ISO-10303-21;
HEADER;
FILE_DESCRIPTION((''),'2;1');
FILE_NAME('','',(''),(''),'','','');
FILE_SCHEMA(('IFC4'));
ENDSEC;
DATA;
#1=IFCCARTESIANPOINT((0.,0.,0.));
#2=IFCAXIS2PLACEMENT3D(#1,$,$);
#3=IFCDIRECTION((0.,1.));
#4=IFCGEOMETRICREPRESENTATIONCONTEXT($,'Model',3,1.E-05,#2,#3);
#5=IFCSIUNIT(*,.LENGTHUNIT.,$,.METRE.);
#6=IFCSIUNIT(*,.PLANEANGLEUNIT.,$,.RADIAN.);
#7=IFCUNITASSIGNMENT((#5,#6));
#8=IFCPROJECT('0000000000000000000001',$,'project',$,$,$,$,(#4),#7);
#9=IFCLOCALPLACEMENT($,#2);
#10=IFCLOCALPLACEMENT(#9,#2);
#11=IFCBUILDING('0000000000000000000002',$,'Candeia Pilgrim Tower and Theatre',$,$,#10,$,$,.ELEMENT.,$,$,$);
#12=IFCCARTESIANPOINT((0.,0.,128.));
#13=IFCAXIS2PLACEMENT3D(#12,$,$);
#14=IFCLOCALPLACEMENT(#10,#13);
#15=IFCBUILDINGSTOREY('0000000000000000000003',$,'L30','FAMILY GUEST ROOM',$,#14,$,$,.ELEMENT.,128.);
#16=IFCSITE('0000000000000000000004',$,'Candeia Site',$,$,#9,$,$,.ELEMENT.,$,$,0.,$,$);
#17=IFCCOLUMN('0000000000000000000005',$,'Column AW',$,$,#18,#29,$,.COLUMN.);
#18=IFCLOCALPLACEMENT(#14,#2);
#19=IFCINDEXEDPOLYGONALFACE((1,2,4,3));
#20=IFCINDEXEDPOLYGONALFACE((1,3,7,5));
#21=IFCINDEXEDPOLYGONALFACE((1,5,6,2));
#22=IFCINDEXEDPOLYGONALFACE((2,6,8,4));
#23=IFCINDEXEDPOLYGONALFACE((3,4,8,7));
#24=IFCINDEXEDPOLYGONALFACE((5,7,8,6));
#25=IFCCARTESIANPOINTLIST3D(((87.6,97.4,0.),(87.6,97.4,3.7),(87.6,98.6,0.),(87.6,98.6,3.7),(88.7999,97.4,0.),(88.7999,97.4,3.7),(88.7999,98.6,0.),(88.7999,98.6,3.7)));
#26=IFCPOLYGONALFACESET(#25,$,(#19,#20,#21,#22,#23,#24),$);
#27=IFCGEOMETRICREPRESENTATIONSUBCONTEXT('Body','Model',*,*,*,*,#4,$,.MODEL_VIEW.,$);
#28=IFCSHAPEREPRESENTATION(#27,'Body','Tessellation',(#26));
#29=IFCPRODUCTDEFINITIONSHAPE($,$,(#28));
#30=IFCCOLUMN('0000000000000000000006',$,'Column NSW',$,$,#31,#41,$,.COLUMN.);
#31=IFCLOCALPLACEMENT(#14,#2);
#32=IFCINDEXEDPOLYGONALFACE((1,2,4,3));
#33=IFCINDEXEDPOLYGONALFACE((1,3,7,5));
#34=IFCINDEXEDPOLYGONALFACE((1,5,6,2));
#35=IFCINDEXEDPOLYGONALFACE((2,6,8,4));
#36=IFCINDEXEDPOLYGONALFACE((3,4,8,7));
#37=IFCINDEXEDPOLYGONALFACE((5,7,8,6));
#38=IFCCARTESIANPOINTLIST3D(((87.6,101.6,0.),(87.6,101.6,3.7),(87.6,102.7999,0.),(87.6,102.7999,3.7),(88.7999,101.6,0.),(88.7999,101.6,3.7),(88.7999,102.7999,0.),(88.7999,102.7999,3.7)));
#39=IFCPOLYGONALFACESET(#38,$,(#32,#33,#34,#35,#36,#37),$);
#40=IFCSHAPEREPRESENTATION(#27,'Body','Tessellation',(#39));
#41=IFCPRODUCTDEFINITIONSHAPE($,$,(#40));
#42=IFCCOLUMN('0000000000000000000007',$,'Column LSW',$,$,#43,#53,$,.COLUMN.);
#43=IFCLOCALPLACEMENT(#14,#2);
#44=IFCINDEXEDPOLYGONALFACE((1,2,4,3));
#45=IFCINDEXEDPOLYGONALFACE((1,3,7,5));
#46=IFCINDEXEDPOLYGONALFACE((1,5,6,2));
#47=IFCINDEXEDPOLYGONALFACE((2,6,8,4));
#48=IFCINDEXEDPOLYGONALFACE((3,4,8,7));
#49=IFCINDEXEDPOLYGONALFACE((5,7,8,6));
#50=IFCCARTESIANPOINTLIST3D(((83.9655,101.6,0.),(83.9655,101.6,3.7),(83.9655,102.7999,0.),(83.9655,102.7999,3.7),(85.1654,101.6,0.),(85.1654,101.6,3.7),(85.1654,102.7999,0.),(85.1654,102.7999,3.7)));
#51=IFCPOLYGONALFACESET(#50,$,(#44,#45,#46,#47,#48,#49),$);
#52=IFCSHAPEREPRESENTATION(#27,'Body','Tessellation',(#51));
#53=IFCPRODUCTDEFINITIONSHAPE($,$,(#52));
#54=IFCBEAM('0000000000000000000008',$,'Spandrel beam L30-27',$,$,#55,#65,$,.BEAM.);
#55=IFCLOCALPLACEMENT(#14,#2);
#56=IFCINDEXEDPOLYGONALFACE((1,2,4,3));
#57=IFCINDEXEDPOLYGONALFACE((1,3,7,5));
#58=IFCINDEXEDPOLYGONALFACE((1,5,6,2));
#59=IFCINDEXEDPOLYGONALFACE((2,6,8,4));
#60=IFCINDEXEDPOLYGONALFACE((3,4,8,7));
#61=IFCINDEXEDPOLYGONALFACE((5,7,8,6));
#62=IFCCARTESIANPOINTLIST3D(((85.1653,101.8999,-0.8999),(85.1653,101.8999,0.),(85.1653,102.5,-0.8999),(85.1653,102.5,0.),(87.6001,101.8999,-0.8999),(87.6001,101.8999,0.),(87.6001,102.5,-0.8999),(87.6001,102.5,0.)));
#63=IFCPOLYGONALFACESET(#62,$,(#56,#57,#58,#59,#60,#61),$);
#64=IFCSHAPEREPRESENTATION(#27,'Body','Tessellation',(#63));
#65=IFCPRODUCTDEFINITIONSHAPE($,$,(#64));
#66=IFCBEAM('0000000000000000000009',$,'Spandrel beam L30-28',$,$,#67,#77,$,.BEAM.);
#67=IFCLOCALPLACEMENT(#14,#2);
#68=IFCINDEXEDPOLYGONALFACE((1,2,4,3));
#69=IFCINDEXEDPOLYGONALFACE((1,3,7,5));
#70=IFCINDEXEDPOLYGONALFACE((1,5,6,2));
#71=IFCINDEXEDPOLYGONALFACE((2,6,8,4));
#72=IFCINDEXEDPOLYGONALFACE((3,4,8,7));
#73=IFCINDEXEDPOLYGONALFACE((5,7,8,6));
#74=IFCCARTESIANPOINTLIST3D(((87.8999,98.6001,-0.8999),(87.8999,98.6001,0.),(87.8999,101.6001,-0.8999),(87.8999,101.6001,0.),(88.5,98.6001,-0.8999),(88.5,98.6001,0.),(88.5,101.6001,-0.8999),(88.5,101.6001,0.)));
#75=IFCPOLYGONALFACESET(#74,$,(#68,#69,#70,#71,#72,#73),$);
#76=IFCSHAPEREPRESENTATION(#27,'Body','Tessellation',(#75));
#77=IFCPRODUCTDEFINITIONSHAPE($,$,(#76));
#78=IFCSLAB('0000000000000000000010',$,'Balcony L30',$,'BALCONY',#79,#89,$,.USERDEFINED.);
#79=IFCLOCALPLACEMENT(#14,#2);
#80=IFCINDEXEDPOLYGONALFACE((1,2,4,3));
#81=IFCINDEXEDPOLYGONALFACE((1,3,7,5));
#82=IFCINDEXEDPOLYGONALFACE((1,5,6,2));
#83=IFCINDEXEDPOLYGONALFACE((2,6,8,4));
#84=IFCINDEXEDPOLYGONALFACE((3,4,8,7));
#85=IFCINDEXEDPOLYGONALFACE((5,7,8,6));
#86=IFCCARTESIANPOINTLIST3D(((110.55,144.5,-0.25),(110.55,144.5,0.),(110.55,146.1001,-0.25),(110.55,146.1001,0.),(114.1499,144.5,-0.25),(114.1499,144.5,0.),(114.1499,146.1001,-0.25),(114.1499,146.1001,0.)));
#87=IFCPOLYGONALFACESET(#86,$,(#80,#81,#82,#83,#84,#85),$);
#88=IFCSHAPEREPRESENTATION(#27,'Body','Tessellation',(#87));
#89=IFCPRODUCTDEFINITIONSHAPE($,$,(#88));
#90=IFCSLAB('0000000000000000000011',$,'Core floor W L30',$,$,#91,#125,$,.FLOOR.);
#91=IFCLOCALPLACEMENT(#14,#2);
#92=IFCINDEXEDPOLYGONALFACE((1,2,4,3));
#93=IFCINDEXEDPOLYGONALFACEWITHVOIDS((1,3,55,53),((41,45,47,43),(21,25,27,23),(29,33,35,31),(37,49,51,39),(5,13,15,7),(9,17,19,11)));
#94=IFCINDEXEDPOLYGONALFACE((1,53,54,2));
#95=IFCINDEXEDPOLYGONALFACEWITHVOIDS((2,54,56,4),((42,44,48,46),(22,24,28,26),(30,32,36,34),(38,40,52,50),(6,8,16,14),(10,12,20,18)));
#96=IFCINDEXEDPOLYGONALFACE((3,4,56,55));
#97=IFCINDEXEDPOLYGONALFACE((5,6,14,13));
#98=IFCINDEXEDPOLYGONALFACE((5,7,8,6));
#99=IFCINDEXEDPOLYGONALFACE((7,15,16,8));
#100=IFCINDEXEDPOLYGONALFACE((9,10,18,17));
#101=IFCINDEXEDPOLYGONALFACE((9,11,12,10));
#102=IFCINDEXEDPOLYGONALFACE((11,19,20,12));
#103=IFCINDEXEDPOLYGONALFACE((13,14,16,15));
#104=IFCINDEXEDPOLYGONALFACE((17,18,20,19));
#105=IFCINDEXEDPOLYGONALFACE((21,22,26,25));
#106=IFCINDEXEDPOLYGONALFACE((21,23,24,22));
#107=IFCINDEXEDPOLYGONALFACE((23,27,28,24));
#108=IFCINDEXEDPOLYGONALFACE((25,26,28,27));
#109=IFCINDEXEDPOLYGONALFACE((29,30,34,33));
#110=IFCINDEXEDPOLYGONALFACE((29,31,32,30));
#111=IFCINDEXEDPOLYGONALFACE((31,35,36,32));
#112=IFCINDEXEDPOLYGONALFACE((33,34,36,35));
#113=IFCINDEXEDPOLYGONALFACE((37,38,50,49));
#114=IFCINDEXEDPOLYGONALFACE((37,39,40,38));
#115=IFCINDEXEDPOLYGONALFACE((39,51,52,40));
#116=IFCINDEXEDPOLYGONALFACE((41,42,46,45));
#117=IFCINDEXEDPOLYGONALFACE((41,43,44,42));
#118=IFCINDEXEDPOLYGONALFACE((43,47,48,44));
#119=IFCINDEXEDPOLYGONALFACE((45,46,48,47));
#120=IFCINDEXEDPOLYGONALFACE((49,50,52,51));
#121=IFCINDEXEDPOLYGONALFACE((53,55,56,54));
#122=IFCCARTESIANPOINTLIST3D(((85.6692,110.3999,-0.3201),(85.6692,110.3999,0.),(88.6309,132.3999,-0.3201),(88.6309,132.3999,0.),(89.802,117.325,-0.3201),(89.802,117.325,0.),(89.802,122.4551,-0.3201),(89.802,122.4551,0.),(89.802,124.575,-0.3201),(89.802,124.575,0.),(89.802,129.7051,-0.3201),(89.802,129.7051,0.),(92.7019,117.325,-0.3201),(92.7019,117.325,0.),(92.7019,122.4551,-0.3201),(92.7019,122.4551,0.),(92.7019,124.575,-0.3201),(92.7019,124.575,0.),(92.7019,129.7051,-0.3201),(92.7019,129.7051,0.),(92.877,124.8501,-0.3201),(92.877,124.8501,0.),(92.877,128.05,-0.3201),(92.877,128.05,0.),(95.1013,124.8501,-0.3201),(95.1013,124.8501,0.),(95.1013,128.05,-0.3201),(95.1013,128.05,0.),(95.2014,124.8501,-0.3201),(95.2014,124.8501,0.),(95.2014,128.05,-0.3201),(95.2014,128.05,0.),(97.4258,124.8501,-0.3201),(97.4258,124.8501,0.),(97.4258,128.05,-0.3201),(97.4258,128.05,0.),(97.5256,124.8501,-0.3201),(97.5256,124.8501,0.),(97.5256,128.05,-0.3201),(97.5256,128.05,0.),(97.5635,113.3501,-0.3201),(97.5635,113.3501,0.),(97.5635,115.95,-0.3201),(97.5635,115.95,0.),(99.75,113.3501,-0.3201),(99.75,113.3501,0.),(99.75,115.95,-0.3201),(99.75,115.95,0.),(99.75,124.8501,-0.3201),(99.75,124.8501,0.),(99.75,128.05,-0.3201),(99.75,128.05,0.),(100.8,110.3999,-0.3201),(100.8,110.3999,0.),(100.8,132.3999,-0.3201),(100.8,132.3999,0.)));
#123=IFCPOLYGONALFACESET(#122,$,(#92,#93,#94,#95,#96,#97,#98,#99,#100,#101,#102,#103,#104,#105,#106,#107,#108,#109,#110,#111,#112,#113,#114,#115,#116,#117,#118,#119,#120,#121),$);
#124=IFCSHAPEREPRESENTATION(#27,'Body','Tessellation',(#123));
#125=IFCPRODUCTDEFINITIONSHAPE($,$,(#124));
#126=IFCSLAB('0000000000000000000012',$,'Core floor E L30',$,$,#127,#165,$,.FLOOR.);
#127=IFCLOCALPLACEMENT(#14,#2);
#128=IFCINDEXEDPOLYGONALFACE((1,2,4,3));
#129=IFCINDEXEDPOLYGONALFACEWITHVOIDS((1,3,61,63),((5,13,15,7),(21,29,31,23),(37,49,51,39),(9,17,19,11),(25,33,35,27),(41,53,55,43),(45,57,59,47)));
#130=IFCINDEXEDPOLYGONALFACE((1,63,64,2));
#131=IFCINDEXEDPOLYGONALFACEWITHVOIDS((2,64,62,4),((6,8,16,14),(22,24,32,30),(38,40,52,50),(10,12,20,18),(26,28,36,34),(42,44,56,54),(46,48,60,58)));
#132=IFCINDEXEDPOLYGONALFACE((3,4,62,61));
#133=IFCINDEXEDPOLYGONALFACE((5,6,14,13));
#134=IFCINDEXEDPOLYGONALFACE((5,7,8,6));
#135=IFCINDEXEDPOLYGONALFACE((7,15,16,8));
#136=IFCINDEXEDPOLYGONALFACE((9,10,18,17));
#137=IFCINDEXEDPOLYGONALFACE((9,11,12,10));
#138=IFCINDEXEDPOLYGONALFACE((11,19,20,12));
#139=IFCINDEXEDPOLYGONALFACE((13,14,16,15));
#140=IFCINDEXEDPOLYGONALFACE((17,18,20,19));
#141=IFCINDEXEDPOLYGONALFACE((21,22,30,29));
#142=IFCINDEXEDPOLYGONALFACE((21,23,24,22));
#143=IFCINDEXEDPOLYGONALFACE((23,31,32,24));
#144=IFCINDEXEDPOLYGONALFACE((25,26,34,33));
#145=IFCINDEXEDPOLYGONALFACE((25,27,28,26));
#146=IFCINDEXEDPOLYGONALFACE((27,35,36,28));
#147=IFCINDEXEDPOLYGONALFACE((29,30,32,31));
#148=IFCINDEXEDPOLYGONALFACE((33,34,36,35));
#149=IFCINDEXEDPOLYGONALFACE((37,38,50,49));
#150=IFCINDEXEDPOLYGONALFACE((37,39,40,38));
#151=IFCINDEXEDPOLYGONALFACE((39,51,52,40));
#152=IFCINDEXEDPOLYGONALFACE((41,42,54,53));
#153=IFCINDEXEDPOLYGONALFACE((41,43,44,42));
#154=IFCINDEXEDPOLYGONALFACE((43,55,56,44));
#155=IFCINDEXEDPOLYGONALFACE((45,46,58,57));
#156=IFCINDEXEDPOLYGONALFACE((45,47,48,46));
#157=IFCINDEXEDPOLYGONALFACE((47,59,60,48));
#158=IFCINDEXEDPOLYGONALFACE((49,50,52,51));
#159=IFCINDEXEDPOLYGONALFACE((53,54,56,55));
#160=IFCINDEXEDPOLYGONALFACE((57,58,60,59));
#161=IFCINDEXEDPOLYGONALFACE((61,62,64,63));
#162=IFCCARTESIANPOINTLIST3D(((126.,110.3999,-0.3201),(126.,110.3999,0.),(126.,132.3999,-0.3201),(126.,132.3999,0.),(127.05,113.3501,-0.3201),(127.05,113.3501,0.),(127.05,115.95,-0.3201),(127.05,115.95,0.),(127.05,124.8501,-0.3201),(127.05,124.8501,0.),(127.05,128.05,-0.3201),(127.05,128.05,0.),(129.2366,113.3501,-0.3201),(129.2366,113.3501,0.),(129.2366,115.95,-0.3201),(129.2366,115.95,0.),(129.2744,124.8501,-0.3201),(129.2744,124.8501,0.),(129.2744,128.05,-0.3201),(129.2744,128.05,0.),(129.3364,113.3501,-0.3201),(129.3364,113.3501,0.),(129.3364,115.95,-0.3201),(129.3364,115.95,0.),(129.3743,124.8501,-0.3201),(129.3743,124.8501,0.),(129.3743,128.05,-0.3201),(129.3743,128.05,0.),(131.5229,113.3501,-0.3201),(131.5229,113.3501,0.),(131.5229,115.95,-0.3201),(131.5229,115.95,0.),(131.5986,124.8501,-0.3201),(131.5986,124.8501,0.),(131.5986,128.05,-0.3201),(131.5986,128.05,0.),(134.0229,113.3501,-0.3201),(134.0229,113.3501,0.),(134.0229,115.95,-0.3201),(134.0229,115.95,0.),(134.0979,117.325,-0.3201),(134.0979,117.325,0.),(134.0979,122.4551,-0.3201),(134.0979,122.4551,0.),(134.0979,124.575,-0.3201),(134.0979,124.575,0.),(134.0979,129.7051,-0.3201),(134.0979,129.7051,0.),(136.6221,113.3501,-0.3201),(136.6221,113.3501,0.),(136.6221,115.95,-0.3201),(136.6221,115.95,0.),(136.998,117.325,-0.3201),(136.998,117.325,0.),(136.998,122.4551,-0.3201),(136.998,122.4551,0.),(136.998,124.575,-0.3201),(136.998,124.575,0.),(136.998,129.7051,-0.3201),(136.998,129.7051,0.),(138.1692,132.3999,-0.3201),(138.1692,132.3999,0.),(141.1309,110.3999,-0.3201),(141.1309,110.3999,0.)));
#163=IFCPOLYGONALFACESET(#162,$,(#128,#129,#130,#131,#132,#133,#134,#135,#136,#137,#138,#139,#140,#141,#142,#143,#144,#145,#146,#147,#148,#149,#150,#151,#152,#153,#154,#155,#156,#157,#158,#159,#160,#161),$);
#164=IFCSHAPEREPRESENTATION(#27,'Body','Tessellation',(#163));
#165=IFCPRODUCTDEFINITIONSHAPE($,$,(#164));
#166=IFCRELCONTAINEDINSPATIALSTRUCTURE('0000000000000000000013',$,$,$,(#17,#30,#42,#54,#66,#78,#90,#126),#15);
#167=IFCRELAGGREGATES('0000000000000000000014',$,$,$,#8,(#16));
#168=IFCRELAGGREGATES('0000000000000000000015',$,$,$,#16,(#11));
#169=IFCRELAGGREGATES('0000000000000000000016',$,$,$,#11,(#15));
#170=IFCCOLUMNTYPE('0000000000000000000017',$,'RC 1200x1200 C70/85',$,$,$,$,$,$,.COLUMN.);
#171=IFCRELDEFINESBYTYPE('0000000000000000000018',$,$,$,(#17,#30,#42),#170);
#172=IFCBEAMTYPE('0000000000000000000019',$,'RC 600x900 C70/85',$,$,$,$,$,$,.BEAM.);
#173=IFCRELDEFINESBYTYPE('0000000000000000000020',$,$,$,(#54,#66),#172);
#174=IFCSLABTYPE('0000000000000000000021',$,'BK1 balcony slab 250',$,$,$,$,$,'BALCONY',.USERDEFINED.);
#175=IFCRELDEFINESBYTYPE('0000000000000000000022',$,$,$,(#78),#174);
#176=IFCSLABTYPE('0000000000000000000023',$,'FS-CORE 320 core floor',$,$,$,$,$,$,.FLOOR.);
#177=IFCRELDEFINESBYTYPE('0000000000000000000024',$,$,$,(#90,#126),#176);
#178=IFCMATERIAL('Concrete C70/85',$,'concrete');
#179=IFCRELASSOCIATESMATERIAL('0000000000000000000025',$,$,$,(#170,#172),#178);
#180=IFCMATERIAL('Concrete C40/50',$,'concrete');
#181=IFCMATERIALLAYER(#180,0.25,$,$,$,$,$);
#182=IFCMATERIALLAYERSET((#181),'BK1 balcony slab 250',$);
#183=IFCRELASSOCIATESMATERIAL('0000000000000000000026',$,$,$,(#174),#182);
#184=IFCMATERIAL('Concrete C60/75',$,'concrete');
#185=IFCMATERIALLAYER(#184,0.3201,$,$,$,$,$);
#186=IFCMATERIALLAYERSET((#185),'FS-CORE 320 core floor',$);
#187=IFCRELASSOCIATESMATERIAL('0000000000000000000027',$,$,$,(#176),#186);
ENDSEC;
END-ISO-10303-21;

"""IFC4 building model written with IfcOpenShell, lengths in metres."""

from ifc_helpers import new_model, si_unit, direction, frame, origin, origin_2d, place, context, subcontext, project, spatial, polyline, rectangle, outline, extrude, material, layer, layer_set, material_profile, profile_set, type_object, element, save


model = new_model("IFC4")

# Units and contexts
model_context = context("Model", 3, precision=1e-05, world=origin(), true_north=direction((0.0, 1.0)))
body_context = subcontext(model_context, "Body", "Model", "MODEL_VIEW")
ifc_project = project(units=[si_unit("LENGTHUNIT", "METRE"), si_unit("PLANEANGLEUNIT", "RADIAN")], contexts=[model_context])

# Site, building, storey
site_placement = place(None, origin())
site = spatial("IfcSite", under=ifc_project, at=site_placement, Name="Candeia Site", CompositionType="ELEMENT", RefElevation=0.0)
building_placement = place(site_placement, origin())
building = spatial("IfcBuilding", under=site, at=building_placement, Name="Candeia Pilgrim Tower and Theatre", CompositionType="ELEMENT")
storey_placement = place(building_placement, frame((0.0, 0.0, 128.0)))
storey = spatial("IfcBuildingStorey", under=building, at=storey_placement, Name="L30", Description="FAMILY GUEST ROOM", CompositionType="ELEMENT", Elevation=128.0)

# Columns
ifc_material_1 = material(Name="Concrete C70/85", Category="concrete")
ifc_material_profile_1 = material_profile(ifc_material_1, rectangle(XDim=1.2, YDim=1.2, at=origin_2d()))
ifc_profile_set_1 = profile_set([ifc_material_profile_1], Name="Concrete C70/85")
column_type = type_object("IfcColumnType", Name="RC 1200x1200 C70/85", PredefinedType="COLUMN", material=ifc_profile_set_1)
for number, where, z_axis, x_axis, name in (
    (1, (88.2, 98.0, 0.0), (0.0, 0.0, 1.0), (1.0, 0.0, 0.0), "Column AW"),
    (2, (88.2, 102.2, 0.0), (0.0, 0.0, 1.0), (1.0, 0.0, 0.0), "Column NSW"),
    (3, (84.5654, 102.2, 0.0), (0.0, 0.0, 1.0), (1.0, 0.0, 0.0), "Column LSW"),
):
    element("IfcColumn", number, at=place(storey_placement, frame(where, z_axis=z_axis, x_axis=x_axis)), inside=storey, type_object=column_type, Name=name, PredefinedType="COLUMN", context=body_context, shape_type="SweptSolid", body=[
        extrude(rectangle(XDim=1.2, YDim=1.2, at=origin_2d()), origin(), (0.0, 0.0, 1.0), 3.7),
    ])

# Beams
ifc_material_profile_2 = material_profile(ifc_material_1, rectangle(XDim=0.6001, YDim=0.8999, at=origin_2d()))
ifc_profile_set_2 = profile_set([ifc_material_profile_2], Name="Concrete C70/85")
beam_type = type_object("IfcBeamType", Name="RC 600x900 C70/85", PredefinedType="BEAM", material=ifc_profile_set_2)
beam_1_placement = place(storey_placement, frame((85.1653, 102.2, -0.45), z_axis=(1.0, 0.0, 0.0), x_axis=(0.0, 1.0, 0.0)))
element("IfcBeam", 4, at=beam_1_placement, inside=storey, type_object=beam_type, Name="Spandrel beam L30-27", PredefinedType="BEAM", context=body_context, shape_type="SweptSolid", body=[
    extrude(rectangle(XDim=0.6001, YDim=0.8999, at=origin_2d()), origin(), (0.0, 0.0, 1.0), 2.4348),
])
beam_2_placement = place(storey_placement, frame((88.2, 101.6001, -0.45), z_axis=(0.0, -1.0, 0.0), x_axis=(1.0, 0.0, 0.0)))
element("IfcBeam", 5, at=beam_2_placement, inside=storey, type_object=beam_type, Name="Spandrel beam L30-28", PredefinedType="BEAM", context=body_context, shape_type="SweptSolid", body=[
    extrude(rectangle(XDim=0.6001, YDim=0.8999, at=origin_2d()), origin(), (0.0, 0.0, 1.0), 3.0),
])

# Slabs
ifc_material_2 = material(Name="Concrete C40/50", Category="concrete")
ifc_layer_1 = layer(ifc_material_2, 0.25)
ifc_layer_set_1 = layer_set([ifc_layer_1], Name="BK1 balcony slab 250")
slab_type_1 = type_object("IfcSlabType", Name="BK1 balcony slab 250", ElementType="BALCONY", PredefinedType="USERDEFINED", material=ifc_layer_set_1)
slab_1_placement = place(storey_placement, frame((0.0, 0.0, -0.25)))
element("IfcSlab", 6, at=slab_1_placement, inside=storey, type_object=slab_type_1, Name="Balcony L30", ObjectType="BALCONY", PredefinedType="USERDEFINED", context=body_context, shape_type="SweptSolid", body=[
    extrude(outline(polyline([(110.55, 144.5), (114.1499, 144.5), (114.1499, 146.1001), (110.55, 146.1001), (110.55, 144.5)])), origin(), (0.0, 0.0, 1.0), 0.25),
])
ifc_material_3 = material(Name="Concrete C60/75", Category="concrete")
ifc_layer_2 = layer(ifc_material_3, 0.3201)
ifc_layer_set_2 = layer_set([ifc_layer_2], Name="FS-CORE 320 core floor")
slab_type_2 = type_object("IfcSlabType", Name="FS-CORE 320 core floor", PredefinedType="FLOOR", material=ifc_layer_set_2)
slab_2_placement = place(storey_placement, frame((0.0, 0.0, -0.3201)))
element("IfcSlab", 7, at=slab_2_placement, inside=storey, type_object=slab_type_2, Name="Core floor W L30", PredefinedType="FLOOR", context=body_context, shape_type="SweptSolid", body=[
    extrude(outline(polyline([(100.8, 132.3999), (100.8, 110.3999), (85.6692, 110.3999), (88.6309, 132.3999), (100.8, 132.3999)]), holes=[polyline([(97.5256, 128.05), (97.5256, 124.8501), (99.75, 124.8501), (99.75, 128.05), (97.5256, 128.05)]), polyline([(97.5635, 113.3501), (99.75, 113.3501), (99.75, 115.95), (97.5635, 115.95), (97.5635, 113.3501)]), polyline([(95.2014, 124.8501), (97.4258, 124.8501), (97.4258, 128.05), (95.2014, 128.05), (95.2014, 124.8501)]), polyline([(92.877, 128.05), (92.877, 124.8501), (95.1013, 124.8501), (95.1013, 128.05), (92.877, 128.05)]), polyline([(89.802, 122.4551), (89.802, 117.325), (92.7019, 117.325), (92.7019, 122.4551), (89.802, 122.4551)]), polyline([(89.802, 129.7051), (89.802, 124.575), (92.7019, 124.575), (92.7019, 129.7051), (89.802, 129.7051)])]), origin(), (0.0, 0.0, 1.0), 0.3201),
])
slab_3_placement = place(storey_placement, frame((0.0, 0.0, -0.3201)))
element("IfcSlab", 8, at=slab_3_placement, inside=storey, type_object=slab_type_2, Name="Core floor E L30", PredefinedType="FLOOR", context=body_context, shape_type="SweptSolid", body=[
    extrude(outline(polyline([(138.1692, 132.3999), (141.1309, 110.3999), (126.0, 110.3999), (126.0, 132.3999), (138.1692, 132.3999)]), holes=[polyline([(134.0979, 122.4551), (134.0979, 117.325), (136.998, 117.325), (136.998, 122.4551), (134.0979, 122.4551)]), polyline([(134.0979, 129.7051), (134.0979, 124.575), (136.998, 124.575), (136.998, 129.7051), (134.0979, 129.7051)]), polyline([(136.6221, 115.95), (134.0229, 115.95), (134.0229, 113.3501), (136.6221, 113.3501), (136.6221, 115.95)]), polyline([(131.5986, 128.05), (129.3743, 128.05), (129.3743, 124.8501), (131.5986, 124.8501), (131.5986, 128.05)]), polyline([(131.5229, 115.95), (129.3364, 115.95), (129.3364, 113.3501), (131.5229, 113.3501), (131.5229, 115.95)]), polyline([(129.2744, 128.05), (127.05, 128.05), (127.05, 124.8501), (129.2744, 124.8501), (129.2744, 128.05)]), polyline([(127.05, 115.95), (127.05, 113.3501), (129.2366, 113.3501), (129.2366, 115.95), (127.05, 115.95)])]), origin(), (0.0, 0.0, 1.0), 0.3201),
])

save(model, "model.ifc")
